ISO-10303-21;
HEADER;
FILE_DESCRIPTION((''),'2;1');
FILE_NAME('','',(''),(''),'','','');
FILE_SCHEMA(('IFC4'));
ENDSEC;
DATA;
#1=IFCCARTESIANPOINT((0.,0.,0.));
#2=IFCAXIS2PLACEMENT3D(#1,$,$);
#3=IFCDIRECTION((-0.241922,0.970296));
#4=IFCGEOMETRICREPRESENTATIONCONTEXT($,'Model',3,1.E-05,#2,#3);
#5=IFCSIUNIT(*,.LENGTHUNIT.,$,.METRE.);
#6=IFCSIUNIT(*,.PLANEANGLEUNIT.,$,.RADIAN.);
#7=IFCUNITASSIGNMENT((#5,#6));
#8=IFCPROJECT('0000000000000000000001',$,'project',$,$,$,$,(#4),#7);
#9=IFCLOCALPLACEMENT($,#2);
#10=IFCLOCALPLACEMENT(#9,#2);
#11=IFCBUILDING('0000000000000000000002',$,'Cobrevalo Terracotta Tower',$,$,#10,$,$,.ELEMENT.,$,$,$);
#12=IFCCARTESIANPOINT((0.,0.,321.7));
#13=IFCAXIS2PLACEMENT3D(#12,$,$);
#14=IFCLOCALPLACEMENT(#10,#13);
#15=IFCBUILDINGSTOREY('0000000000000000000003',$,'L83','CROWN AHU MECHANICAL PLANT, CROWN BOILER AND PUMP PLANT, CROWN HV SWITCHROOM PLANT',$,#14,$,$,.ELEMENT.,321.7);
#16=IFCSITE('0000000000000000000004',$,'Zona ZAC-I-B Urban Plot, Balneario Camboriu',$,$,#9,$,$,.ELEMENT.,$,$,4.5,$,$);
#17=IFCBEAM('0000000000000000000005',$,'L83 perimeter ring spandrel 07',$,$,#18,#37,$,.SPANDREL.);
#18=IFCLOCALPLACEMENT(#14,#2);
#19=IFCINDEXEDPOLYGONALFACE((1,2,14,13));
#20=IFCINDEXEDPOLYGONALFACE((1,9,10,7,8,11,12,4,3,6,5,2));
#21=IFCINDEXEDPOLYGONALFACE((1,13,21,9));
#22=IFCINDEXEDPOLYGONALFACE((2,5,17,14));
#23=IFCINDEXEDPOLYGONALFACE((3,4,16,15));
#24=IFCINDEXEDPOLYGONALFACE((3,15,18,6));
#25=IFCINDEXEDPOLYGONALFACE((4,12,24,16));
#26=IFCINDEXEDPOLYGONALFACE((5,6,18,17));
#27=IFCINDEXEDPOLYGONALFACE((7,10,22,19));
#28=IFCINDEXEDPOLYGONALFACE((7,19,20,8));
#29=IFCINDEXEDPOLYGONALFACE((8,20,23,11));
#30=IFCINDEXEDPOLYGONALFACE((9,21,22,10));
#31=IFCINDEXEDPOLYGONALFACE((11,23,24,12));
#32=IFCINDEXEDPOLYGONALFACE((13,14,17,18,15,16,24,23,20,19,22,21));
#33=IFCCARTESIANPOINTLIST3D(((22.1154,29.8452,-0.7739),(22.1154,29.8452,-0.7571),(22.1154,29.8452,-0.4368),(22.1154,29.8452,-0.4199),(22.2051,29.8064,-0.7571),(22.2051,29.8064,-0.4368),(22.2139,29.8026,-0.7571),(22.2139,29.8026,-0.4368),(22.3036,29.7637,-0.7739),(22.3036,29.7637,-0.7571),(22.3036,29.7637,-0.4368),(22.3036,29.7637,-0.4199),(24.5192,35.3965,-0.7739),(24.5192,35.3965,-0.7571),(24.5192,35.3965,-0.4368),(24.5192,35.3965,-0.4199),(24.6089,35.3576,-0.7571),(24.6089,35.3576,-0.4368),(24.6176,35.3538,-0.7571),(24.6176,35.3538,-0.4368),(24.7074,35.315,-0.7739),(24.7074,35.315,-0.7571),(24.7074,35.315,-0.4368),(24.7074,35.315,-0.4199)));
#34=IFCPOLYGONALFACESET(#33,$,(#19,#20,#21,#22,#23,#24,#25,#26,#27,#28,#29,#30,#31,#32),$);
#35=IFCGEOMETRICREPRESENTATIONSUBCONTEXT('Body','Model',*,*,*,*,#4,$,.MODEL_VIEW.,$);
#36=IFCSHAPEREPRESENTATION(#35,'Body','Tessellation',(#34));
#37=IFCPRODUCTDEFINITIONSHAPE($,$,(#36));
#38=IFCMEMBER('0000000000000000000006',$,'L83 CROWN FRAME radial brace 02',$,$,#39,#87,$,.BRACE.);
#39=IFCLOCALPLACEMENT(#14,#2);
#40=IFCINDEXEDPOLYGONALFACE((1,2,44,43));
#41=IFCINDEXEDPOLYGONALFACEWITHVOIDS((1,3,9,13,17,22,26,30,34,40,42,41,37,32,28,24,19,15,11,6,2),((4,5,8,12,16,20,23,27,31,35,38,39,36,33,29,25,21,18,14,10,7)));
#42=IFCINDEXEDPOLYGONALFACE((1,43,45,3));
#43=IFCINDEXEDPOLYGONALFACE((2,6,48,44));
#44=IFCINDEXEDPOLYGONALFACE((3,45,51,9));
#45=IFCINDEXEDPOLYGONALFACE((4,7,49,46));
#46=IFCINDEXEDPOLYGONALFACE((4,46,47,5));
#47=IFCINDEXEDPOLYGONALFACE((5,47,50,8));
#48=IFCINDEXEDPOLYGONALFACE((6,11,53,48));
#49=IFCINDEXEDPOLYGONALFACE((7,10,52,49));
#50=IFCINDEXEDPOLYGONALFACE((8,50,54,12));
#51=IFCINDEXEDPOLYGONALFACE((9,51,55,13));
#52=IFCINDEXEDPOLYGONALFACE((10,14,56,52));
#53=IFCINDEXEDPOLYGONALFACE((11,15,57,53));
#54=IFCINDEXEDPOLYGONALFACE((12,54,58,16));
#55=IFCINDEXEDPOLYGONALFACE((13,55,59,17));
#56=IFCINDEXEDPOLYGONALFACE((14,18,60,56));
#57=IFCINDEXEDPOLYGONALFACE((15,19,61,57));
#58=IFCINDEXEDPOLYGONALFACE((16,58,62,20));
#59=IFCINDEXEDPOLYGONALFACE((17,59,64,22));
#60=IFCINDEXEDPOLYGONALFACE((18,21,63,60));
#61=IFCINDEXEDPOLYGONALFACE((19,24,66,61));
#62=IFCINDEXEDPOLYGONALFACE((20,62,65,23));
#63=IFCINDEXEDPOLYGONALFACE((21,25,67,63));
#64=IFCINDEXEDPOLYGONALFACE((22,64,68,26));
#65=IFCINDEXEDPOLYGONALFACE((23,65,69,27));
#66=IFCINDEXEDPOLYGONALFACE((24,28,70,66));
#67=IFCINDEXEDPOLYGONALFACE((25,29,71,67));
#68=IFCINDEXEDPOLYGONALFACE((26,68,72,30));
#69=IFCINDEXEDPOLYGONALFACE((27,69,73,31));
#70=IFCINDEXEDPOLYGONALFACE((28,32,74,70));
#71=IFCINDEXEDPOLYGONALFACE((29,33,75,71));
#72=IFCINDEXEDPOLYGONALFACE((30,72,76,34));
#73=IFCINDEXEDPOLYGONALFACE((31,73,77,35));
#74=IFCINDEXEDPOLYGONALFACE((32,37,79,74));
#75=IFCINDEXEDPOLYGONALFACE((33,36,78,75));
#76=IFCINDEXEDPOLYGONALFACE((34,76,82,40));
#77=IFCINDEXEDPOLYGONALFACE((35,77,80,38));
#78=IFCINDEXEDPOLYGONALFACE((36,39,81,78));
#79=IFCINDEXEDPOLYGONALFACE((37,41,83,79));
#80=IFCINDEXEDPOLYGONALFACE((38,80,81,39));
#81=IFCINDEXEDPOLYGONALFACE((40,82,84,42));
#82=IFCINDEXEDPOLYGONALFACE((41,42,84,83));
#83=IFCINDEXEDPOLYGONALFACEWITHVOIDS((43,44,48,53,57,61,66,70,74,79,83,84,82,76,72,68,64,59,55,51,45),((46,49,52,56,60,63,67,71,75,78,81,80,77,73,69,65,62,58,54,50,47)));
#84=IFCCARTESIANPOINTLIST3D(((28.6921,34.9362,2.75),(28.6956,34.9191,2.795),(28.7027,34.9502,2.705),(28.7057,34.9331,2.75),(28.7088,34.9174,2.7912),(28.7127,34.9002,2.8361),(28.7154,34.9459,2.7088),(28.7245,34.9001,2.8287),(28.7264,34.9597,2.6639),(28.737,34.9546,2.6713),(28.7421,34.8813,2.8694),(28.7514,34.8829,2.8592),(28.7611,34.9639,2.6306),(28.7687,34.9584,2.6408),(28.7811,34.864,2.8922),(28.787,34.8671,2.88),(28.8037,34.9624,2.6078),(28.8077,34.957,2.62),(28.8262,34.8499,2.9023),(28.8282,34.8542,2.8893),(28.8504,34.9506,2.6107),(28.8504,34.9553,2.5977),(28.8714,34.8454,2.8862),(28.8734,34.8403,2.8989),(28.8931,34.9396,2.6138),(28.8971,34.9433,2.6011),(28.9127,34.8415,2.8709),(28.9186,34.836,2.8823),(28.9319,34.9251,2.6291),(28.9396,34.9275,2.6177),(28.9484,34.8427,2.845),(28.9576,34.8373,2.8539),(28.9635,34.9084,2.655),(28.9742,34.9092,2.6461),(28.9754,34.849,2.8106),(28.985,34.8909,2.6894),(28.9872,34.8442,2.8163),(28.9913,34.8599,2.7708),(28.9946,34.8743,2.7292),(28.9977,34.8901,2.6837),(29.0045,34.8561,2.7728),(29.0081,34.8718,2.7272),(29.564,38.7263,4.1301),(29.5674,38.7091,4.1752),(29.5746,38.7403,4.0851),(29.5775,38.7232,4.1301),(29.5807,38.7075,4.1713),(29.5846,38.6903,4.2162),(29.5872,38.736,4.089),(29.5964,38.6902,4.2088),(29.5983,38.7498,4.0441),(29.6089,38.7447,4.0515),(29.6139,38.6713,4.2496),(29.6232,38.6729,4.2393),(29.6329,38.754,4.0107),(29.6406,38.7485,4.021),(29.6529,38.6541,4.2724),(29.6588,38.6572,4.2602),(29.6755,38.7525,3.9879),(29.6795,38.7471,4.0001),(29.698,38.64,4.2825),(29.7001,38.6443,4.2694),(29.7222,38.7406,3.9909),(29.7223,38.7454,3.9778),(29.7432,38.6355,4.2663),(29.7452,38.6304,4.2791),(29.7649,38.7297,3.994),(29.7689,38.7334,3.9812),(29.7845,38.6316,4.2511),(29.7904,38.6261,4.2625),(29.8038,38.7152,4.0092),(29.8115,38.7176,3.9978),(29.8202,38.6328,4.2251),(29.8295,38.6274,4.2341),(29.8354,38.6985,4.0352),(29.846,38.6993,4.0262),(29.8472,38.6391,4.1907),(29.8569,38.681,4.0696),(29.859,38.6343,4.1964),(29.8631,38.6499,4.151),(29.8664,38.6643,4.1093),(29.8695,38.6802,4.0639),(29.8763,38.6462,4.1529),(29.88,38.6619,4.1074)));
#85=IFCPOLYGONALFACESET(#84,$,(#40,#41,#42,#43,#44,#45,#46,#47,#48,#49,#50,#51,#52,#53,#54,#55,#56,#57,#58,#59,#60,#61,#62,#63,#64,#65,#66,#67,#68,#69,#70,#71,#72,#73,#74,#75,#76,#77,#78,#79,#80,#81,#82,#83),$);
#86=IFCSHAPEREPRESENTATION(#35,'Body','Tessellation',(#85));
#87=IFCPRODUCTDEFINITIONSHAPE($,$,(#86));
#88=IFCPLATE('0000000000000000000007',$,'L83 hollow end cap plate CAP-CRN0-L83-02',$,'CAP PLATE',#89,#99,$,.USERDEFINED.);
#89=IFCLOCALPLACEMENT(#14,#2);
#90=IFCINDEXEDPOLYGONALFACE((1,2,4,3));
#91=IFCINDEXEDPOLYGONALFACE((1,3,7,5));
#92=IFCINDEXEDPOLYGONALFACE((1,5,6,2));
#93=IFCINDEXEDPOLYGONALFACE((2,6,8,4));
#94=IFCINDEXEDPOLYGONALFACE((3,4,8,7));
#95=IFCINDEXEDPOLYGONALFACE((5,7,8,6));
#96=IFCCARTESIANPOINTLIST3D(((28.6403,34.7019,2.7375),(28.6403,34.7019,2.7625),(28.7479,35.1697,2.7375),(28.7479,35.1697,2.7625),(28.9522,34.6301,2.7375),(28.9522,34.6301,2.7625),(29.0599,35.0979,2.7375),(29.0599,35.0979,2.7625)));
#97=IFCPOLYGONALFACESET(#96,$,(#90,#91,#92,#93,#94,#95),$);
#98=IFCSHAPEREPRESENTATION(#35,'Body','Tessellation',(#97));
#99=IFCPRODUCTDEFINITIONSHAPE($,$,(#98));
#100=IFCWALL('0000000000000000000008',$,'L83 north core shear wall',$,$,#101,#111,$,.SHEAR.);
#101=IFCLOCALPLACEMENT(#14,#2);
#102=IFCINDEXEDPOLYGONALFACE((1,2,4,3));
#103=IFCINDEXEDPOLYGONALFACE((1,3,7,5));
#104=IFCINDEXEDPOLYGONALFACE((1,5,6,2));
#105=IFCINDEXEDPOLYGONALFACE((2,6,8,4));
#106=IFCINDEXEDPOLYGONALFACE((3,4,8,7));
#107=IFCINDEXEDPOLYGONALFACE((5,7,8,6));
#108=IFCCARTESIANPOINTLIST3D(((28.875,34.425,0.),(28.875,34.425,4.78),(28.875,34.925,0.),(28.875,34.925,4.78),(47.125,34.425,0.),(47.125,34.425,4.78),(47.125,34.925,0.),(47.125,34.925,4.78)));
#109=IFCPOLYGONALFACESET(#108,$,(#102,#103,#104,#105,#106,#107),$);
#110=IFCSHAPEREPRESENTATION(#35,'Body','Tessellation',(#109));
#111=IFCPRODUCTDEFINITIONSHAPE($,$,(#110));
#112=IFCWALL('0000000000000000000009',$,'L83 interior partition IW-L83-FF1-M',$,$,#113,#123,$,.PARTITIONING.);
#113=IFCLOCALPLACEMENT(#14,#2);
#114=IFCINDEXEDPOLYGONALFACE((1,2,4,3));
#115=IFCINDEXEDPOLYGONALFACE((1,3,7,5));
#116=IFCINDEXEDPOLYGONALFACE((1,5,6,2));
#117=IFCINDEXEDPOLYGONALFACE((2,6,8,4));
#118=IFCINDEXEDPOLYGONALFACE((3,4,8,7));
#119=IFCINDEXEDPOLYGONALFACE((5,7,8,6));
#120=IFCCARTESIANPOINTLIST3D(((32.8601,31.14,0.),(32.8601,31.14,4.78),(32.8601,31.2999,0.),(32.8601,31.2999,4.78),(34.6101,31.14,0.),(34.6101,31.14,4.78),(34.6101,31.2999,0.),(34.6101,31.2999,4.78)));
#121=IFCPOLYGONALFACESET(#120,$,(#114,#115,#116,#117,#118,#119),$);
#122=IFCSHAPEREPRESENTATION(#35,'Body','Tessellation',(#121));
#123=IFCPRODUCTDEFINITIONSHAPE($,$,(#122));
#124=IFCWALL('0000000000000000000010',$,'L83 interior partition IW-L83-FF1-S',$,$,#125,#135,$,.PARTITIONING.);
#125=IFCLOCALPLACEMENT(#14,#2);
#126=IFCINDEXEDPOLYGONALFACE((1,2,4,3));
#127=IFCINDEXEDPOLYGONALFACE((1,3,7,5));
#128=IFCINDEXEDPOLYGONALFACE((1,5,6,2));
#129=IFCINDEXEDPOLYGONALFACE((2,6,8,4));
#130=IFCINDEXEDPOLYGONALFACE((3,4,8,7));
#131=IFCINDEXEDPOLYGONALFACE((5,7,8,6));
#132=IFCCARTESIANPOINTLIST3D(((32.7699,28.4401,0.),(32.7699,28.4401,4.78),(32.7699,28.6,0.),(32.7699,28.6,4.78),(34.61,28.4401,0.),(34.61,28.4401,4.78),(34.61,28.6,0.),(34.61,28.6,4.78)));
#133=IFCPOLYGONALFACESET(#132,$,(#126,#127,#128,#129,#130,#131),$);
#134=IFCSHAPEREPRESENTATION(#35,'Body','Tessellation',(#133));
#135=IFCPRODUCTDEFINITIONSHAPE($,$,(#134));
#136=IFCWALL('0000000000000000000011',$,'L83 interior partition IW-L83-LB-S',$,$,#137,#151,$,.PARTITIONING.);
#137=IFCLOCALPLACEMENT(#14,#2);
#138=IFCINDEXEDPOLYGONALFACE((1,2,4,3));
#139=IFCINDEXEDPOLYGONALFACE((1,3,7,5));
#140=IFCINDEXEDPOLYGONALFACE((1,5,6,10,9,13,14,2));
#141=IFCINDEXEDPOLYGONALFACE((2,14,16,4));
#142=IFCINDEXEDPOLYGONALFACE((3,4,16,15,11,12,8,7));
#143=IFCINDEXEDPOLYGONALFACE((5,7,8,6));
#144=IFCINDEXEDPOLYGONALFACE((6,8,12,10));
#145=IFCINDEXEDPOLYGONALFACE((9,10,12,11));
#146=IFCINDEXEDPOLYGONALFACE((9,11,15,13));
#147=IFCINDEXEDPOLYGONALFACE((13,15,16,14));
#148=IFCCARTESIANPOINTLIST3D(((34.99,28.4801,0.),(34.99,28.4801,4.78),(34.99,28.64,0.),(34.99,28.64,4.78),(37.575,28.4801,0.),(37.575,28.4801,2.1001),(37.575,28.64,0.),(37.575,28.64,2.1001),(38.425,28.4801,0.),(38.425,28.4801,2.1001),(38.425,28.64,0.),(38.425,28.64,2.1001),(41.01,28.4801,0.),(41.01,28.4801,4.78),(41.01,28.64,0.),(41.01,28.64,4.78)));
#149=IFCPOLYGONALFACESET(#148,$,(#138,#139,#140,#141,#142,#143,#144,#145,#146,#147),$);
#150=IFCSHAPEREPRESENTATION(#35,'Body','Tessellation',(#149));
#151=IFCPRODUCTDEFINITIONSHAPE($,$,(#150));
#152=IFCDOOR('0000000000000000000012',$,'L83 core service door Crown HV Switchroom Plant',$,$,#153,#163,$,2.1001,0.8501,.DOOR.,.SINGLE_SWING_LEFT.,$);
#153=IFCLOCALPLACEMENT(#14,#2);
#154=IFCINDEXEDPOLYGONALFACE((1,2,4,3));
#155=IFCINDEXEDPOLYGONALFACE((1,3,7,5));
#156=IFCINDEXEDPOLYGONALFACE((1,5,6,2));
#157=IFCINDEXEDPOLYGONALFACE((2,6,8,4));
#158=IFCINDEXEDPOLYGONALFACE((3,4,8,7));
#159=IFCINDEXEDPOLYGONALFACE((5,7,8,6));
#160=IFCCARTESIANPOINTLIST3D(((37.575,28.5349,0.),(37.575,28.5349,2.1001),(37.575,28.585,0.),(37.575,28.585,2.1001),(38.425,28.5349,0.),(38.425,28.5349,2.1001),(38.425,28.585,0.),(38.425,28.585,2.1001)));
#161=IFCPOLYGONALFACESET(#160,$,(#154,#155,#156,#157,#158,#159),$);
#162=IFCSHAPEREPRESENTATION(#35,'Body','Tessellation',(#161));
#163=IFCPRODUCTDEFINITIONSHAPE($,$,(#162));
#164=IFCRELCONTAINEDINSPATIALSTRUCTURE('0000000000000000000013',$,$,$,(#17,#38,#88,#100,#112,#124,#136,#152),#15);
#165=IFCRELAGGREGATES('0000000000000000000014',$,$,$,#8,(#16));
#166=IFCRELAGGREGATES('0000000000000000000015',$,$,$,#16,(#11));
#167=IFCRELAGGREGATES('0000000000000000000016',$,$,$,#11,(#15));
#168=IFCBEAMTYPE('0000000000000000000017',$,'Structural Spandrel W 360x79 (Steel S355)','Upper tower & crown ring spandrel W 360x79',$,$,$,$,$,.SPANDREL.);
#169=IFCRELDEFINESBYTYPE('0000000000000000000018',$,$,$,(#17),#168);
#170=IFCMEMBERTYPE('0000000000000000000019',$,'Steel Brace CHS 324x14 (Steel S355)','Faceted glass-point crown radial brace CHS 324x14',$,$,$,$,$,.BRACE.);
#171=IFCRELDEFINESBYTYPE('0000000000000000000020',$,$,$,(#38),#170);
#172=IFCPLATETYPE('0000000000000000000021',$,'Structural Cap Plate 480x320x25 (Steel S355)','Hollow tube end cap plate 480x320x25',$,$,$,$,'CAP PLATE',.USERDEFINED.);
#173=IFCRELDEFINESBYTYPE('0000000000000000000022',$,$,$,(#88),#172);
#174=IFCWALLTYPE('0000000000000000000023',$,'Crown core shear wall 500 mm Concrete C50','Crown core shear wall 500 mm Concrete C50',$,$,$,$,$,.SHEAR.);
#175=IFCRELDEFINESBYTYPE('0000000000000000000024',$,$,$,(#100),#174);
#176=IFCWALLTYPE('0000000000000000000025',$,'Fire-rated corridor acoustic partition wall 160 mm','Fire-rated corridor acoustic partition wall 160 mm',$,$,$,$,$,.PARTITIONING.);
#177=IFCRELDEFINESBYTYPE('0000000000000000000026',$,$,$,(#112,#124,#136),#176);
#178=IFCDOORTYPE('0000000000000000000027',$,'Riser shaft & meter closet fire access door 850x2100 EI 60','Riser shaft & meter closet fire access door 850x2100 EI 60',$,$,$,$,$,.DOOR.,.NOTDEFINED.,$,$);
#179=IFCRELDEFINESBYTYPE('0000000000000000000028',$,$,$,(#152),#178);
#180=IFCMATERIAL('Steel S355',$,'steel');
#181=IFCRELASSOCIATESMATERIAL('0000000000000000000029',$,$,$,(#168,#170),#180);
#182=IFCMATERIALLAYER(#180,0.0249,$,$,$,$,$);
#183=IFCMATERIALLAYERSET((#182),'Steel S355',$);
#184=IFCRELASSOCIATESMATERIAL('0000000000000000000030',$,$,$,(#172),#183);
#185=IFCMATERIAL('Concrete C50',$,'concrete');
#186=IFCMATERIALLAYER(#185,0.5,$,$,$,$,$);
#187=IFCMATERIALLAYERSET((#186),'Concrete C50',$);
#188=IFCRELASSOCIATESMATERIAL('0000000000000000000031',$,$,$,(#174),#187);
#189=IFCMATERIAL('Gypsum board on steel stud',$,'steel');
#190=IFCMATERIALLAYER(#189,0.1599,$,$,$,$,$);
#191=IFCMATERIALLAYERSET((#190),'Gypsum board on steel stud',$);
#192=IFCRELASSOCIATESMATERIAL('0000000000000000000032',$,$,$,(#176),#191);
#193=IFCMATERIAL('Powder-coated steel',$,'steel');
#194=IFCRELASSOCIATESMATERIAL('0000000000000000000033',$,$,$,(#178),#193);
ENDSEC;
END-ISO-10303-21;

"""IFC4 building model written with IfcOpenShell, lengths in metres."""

from ifc_helpers import new_model, si_unit, direction, frame, frame_2d, origin, origin_2d, place, context, subcontext, project, spatial, rectangle, hollow_circle, i_section, extrude, source, transform, mapped, material, layer, layer_set, material_profile, profile_set, type_object, element, fill, save


model = new_model("IFC4")

# Units and contexts
model_context = context("Model", 3, precision=1e-05, world=origin(), true_north=direction((-0.241922, 0.970296)))
body_context = subcontext(model_context, "Body", "Model", "MODEL_VIEW")
ifc_project = project(units=[si_unit("LENGTHUNIT", "METRE"), si_unit("PLANEANGLEUNIT", "RADIAN")], contexts=[model_context])

# Site, building, storey
site_placement = place(None, origin())
site = spatial("IfcSite", under=ifc_project, at=site_placement, Name="Zona ZAC-I-B Urban Plot, Balneario Camboriu", CompositionType="ELEMENT", RefElevation=4.5)
building_placement = place(site_placement, origin())
building = spatial("IfcBuilding", under=site, at=building_placement, Name="Cobrevalo Terracotta Tower", CompositionType="ELEMENT")
storey_placement = place(building_placement, frame((0.0, 0.0, 321.7)))
storey = spatial("IfcBuildingStorey", under=building, at=storey_placement, Name="L83", Description="CROWN AHU MECHANICAL PLANT, CROWN BOILER AND PUMP PLANT, CROWN HV SWITCHROOM PLANT", CompositionType="ELEMENT", Elevation=321.7)

# Shared definitions
ifc_material_1 = material(Name="Steel S355", Category="steel")
ifc_material_2 = material(Name="Concrete C50", Category="concrete")

# Beam
ifc_material_profile_1 = material_profile(ifc_material_1, i_section(OverallWidth=0.2051, OverallDepth=0.354, WebThickness=0.0095, FlangeThickness=0.0168, at=origin_2d()), Name="W 360x79")
ifc_profile_set_1 = profile_set([ifc_material_profile_1], Name="Steel S355")
beam_type_1 = type_object("IfcBeamType", Name="Structural Spandrel W 360x79 (Steel S355)", Description="Upper tower & crown ring spandrel W 360x79", PredefinedType="SPANDREL", material=ifc_profile_set_1)
beam_1_placement = place(storey_placement, frame((24.6133, 35.3557, -0.5969), z_axis=(-0.397365, -0.917661, 0.0), x_axis=(0.917661, -0.397365, 0.0)))
element("IfcBeam", 1, at=beam_1_placement, inside=storey, type_object=beam_type_1, Name="L83 perimeter ring spandrel 07", PredefinedType="SPANDREL", context=body_context, shape_type="SweptSolid", body=[
    extrude(i_section(OverallWidth=0.2051, OverallDepth=0.354, WebThickness=0.0095, FlangeThickness=0.0168, at=origin_2d()), origin(), (0.0, 0.0, 1.0), 6.0493),
])

# Member
ifc_material_profile_2 = material_profile(ifc_material_1, hollow_circle(Radius=0.1621, WallThickness=0.0139, at=origin_2d()), Name="CHS 324x14")
ifc_profile_set_2 = profile_set([ifc_material_profile_2], Name="Steel S355")
member_type = type_object("IfcMemberType", Name="Steel Brace CHS 324x14 (Steel S355)", Description="Faceted glass-point crown radial brace CHS 324x14", PredefinedType="BRACE", material=ifc_profile_set_2)
shared_shape_1 = source(origin(), body_context, "Body", "SweptSolid", [
    extrude(hollow_circle(Radius=0.1621, WallThickness=0.0139, at=origin_2d()), origin(), (0.0, 0.0, 1.0), 4.1267),
])
member_placement = place(storey_placement, frame((28.8501, 34.8999, 2.75), z_axis=(0.211267, 0.91843, 0.334443), x_axis=(-0.974549, 0.224176, 0.0)))
element("IfcMember", 2, at=member_placement, inside=storey, type_object=member_type, Name="L83 CROWN FRAME radial brace 02", PredefinedType="BRACE", context=body_context, shape_type="MappedRepresentation", body=[
    mapped(shared_shape_1, transform((0.0, 0.0, 0.0), scale=1.0)),
])

# Plate
ifc_layer_1 = layer(ifc_material_1, 0.0249)
ifc_layer_set_1 = layer_set([ifc_layer_1], Name="Steel S355")
plate_type = type_object("IfcPlateType", Name="Structural Cap Plate 480x320x25 (Steel S355)", Description="Hollow tube end cap plate 480x320x25", ElementType="CAP PLATE", PredefinedType="USERDEFINED", material=ifc_layer_set_1)
shared_shape_2 = source(origin(), body_context, "Body", "SweptSolid", [
    extrude(rectangle(XDim=0.48, YDim=0.3201, at=origin_2d()), origin(), (0.0, 0.0, 1.0), 0.0249),
])
plate_placement = place(storey_placement, frame((28.8501, 34.8999, 2.7375), z_axis=(0.0, 0.0, 1.0), x_axis=(0.224221, 0.974538, 0.0)))
element("IfcPlate", 3, at=plate_placement, inside=storey, type_object=plate_type, Name="L83 hollow end cap plate CAP-CRN0-L83-02", ObjectType="CAP PLATE", PredefinedType="USERDEFINED", context=body_context, shape_type="MappedRepresentation", body=[
    mapped(shared_shape_2, transform((0.0, 0.0, 0.0), scale=1.0)),
])

# Walls
ifc_layer_2 = layer(ifc_material_2, 0.5)
ifc_layer_set_2 = layer_set([ifc_layer_2], Name="Concrete C50")
wall_type_1 = type_object("IfcWallType", Name="Crown core shear wall 500 mm Concrete C50", Description="Crown core shear wall 500 mm Concrete C50", PredefinedType="SHEAR", material=ifc_layer_set_2)
wall_1_placement = place(storey_placement, frame((28.875, 34.675, 0.0), z_axis=(0.0, 0.0, 1.0), x_axis=(1.0, 0.0, 0.0)))
element("IfcWall", 4, at=wall_1_placement, inside=storey, type_object=wall_type_1, Name="L83 north core shear wall", PredefinedType="SHEAR", context=body_context, shape_type="SweptSolid", body=[
    extrude(rectangle(XDim=18.25, YDim=0.5, at=frame_2d((9.125, 0.0))), origin(), (0.0, 0.0, 1.0), 4.78),
])
ifc_material_3 = material(Name="Gypsum board on steel stud", Category="steel")
ifc_layer_3 = layer(ifc_material_3, 0.1599)
ifc_layer_set_3 = layer_set([ifc_layer_3], Name="Gypsum board on steel stud")
wall_type_2 = type_object("IfcWallType", Name="Fire-rated corridor acoustic partition wall 160 mm", Description="Fire-rated corridor acoustic partition wall 160 mm", PredefinedType="PARTITIONING", material=ifc_layer_set_3)
wall_2_placement = place(storey_placement, frame((32.8601, 31.22, 0.0), z_axis=(0.0, 0.0, 1.0), x_axis=(1.0, 0.0, 0.0)))
element("IfcWall", 5, at=wall_2_placement, inside=storey, type_object=wall_type_2, Name="L83 interior partition IW-L83-FF1-M", PredefinedType="PARTITIONING", context=body_context, shape_type="SweptSolid", body=[
    extrude(rectangle(XDim=1.75, YDim=0.1599, at=frame_2d((0.875, 0.0))), origin(), (0.0, 0.0, 1.0), 4.78),
])
wall_3_placement = place(storey_placement, frame((32.77, 28.52, 0.0), z_axis=(0.0, 0.0, 1.0), x_axis=(1.0, 0.0, 0.0)))
element("IfcWall", 6, at=wall_3_placement, inside=storey, type_object=wall_type_2, Name="L83 interior partition IW-L83-FF1-S", PredefinedType="PARTITIONING", context=body_context, shape_type="SweptSolid", body=[
    extrude(rectangle(XDim=1.8401, YDim=0.1599, at=frame_2d((0.9199, 0.0))), origin(), (0.0, 0.0, 1.0), 4.78),
])

# Wall, opening, door
wall_4_placement = place(storey_placement, frame((34.99, 28.5601, 0.0), z_axis=(0.0, 0.0, 1.0), x_axis=(1.0, 0.0, 0.0)))
wall_4 = element("IfcWall", 7, at=wall_4_placement, inside=storey, type_object=wall_type_2, Name="L83 interior partition IW-L83-LB-S", PredefinedType="PARTITIONING", context=body_context, shape_type="SweptSolid", body=[
    extrude(rectangle(XDim=6.02, YDim=0.1599, at=frame_2d((3.01, 0.0))), origin(), (0.0, 0.0, 1.0), 4.78),
])
opening_1_placement = place(wall_4_placement, frame((2.585, 0.0, 0.0)))
opening_1 = element("IfcOpeningElement", 8, at=opening_1_placement, cuts=wall_4, PredefinedType="OPENING", context=body_context, shape_type="SweptSolid", body=[
    extrude(rectangle(XDim=0.8501, YDim=2.1001, at=frame_2d((0.425, 1.05))), frame((0.0, 0.0898, 0.0), z_axis=(0.0, -1.0, 0.0), x_axis=(1.0, 0.0, 0.0)), (0.0, 0.0, 1.0), 0.1799),
])
ifc_material_4 = material(Name="Powder-coated steel", Category="steel")
door_type_1 = type_object("IfcDoorType", Name="Riser shaft & meter closet fire access door 850x2100 EI 60", Description="Riser shaft & meter closet fire access door 850x2100 EI 60", OperationType="NOTDEFINED", PredefinedType="DOOR", material=ifc_material_4)
shared_shape_3 = source(origin(), body_context, "Body", "SweptSolid", [
    extrude(rectangle(XDim=0.8501, YDim=2.1001, at=frame_2d((0.425, 1.05))), frame((0.0, 0.0249, 0.0), z_axis=(0.0, -1.0, 0.0), x_axis=(1.0, 0.0, 0.0)), (0.0, 0.0, 1.0), 0.05),
])
door_1_placement = place(opening_1_placement, origin())
door_1 = element("IfcDoor", 9, at=door_1_placement, inside=storey, type_object=door_type_1, Name="L83 core service door Crown HV Switchroom Plant", OperationType="SINGLE_SWING_LEFT", OverallHeight=2.1001, OverallWidth=0.8501, PredefinedType="DOOR", context=body_context, shape_type="MappedRepresentation", body=[
    mapped(shared_shape_3, transform((0.0, 0.0, 0.0), scale=1.0)),
])
fill(opening_1, door_1)

save(model, "model.ifc")
